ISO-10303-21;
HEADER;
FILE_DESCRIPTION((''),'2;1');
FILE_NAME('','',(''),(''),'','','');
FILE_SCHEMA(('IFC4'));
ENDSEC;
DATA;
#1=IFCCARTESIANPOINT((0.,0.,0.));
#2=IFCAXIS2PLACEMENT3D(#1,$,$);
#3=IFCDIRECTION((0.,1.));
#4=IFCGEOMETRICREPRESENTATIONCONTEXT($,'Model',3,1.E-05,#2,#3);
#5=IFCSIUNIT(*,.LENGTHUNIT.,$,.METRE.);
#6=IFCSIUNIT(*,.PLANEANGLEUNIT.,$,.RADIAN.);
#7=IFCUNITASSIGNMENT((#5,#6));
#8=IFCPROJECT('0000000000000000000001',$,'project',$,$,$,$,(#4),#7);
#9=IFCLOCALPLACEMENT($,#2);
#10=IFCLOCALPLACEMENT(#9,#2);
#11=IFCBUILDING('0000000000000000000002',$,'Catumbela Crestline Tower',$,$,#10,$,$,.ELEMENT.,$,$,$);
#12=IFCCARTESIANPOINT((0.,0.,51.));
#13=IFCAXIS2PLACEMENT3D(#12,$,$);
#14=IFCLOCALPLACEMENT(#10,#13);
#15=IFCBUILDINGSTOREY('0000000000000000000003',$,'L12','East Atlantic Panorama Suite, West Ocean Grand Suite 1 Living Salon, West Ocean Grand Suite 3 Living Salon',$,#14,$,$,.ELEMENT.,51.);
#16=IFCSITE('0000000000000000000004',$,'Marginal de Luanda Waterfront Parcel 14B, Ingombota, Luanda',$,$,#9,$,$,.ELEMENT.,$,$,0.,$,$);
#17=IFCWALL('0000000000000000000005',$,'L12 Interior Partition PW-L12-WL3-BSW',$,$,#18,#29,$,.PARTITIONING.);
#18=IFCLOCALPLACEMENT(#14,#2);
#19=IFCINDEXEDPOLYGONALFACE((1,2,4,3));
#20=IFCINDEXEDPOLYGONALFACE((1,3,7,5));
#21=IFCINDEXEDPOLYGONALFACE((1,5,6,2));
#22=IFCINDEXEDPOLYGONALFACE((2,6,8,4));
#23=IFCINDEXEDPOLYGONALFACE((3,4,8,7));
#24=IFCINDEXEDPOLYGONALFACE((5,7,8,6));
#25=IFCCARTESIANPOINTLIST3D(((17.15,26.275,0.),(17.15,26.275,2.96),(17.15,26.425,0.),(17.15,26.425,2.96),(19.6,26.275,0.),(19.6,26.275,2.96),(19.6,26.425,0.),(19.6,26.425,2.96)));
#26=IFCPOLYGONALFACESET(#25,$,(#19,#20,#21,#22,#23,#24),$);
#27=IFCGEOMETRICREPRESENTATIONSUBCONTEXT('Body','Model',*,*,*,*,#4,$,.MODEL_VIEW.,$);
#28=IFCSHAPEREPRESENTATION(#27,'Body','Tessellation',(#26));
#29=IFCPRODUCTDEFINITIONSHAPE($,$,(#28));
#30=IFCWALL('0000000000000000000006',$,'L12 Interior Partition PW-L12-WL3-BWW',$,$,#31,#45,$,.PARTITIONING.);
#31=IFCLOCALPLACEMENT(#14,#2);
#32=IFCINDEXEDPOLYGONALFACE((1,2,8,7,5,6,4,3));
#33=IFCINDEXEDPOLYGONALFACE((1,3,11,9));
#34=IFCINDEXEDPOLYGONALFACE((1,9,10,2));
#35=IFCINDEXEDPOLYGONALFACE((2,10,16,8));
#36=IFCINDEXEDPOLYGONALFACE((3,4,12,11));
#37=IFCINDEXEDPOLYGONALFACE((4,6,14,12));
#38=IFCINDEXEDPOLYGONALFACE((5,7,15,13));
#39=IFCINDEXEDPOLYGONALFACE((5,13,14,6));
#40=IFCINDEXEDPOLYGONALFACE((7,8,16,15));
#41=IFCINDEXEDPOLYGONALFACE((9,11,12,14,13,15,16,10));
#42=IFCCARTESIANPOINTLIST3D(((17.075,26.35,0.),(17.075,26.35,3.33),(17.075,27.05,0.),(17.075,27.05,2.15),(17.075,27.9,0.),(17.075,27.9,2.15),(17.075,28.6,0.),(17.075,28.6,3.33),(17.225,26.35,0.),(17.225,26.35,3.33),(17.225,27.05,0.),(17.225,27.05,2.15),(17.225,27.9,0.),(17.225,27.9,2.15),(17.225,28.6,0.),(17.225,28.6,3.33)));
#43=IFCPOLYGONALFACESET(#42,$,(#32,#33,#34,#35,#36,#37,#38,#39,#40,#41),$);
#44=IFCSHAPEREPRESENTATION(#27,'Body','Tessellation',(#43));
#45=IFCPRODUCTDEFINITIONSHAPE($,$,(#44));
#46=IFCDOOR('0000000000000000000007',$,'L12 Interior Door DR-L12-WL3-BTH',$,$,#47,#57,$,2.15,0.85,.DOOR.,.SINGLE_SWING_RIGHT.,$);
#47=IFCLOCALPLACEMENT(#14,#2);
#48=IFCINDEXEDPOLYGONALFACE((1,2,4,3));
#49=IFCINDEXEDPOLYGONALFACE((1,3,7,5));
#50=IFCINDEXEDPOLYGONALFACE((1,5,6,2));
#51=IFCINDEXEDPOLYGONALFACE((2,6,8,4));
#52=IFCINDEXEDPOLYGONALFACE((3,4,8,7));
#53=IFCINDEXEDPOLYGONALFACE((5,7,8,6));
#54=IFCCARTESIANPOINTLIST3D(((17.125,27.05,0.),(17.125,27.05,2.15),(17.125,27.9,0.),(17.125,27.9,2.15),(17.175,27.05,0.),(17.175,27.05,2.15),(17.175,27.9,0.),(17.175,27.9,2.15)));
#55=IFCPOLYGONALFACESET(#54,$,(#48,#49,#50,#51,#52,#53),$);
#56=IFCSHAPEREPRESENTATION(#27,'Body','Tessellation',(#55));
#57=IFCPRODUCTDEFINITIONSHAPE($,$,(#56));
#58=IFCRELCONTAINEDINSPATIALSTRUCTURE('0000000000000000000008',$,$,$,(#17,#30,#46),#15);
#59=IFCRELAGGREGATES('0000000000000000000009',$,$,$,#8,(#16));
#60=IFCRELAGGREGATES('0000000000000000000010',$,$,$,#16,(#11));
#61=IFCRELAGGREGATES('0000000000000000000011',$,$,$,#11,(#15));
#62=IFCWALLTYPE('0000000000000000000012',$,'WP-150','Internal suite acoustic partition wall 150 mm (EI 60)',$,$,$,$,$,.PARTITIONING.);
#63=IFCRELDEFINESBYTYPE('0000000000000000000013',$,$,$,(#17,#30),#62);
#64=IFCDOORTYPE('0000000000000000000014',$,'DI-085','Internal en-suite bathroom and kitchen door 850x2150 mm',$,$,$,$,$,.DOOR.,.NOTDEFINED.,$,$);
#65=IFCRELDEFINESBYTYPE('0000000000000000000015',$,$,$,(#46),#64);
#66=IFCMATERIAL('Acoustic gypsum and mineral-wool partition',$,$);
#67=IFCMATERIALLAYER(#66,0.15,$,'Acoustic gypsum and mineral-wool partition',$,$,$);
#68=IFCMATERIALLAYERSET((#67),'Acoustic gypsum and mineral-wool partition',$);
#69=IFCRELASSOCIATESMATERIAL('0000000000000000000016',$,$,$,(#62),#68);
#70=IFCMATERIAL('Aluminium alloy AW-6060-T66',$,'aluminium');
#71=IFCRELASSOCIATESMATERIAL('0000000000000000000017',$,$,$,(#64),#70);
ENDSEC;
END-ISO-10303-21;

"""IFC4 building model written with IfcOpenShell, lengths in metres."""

from ifc_helpers import new_model, si_unit, direction, frame, frame_2d, origin, place, context, subcontext, project, spatial, rectangle, extrude, material, layer, layer_set, type_object, element, fill, save


model = new_model("IFC4")

# Units and contexts
model_context = context("Model", 3, precision=1e-05, world=origin(), true_north=direction((0.0, 1.0)))
body_context = subcontext(model_context, "Body", "Model", "MODEL_VIEW")
ifc_project = project(units=[si_unit("LENGTHUNIT", "METRE"), si_unit("PLANEANGLEUNIT", "RADIAN")], contexts=[model_context])

# Site, building, storey
site_placement = place(None, origin())
site = spatial("IfcSite", under=ifc_project, at=site_placement, Name="Marginal de Luanda Waterfront Parcel 14B, Ingombota, Luanda", CompositionType="ELEMENT", RefElevation=0.0)
building_placement = place(site_placement, origin())
building = spatial("IfcBuilding", under=site, at=building_placement, Name="Catumbela Crestline Tower", CompositionType="ELEMENT")
storey_placement = place(building_placement, frame((0.0, 0.0, 51.0)))
storey = spatial("IfcBuildingStorey", under=building, at=storey_placement, Name="L12", Description="East Atlantic Panorama Suite, West Ocean Grand Suite 1 Living Salon, West Ocean Grand Suite 3 Living Salon", CompositionType="ELEMENT", Elevation=51.0)

# Shared definitions
ifc_material_1 = material(Name="Acoustic gypsum and mineral-wool partition")
ifc_material_2 = material(Name="Aluminium alloy AW-6060-T66", Category="aluminium")

# Shared definitions
ifc_layer_1 = layer(ifc_material_1, 0.15, Name="Acoustic gypsum and mineral-wool partition")
ifc_layer_set_1 = layer_set([ifc_layer_1], Name="Acoustic gypsum and mineral-wool partition")
wall_type_1 = type_object("IfcWallType", Name="WP-150", Description="Internal suite acoustic partition wall 150 mm (EI 60)", PredefinedType="PARTITIONING", material=ifc_layer_set_1)
door_type_1 = type_object("IfcDoorType", Name="DI-085", Description="Internal en-suite bathroom and kitchen door 850x2150 mm", OperationType="NOTDEFINED", PredefinedType="DOOR", material=ifc_material_2)

# Wall
wall_1_placement = place(storey_placement, frame((17.15, 26.35, 0.0), z_axis=(0.0, 0.0, 1.0), x_axis=(1.0, 0.0, 0.0)))
element("IfcWall", 1, at=wall_1_placement, inside=storey, type_object=wall_type_1, Name="L12 Interior Partition PW-L12-WL3-BSW", PredefinedType="PARTITIONING", context=body_context, shape_type="SweptSolid", body=[
    extrude(rectangle(XDim=2.45, YDim=0.15, at=frame_2d((1.225, 0.0))), origin(), (0.0, 0.0, 1.0), 2.96),
])

# Wall, opening, door
wall_2_placement = place(storey_placement, frame((17.15, 26.35, 0.0), z_axis=(0.0, 0.0, 1.0), x_axis=(0.0, 1.0, 0.0)))
wall_2 = element("IfcWall", 2, at=wall_2_placement, inside=storey, type_object=wall_type_1, Name="L12 Interior Partition PW-L12-WL3-BWW", PredefinedType="PARTITIONING", context=body_context, shape_type="SweptSolid", body=[
    extrude(rectangle(XDim=2.25, YDim=0.15, at=frame_2d((1.125, 0.0))), origin(), (0.0, 0.0, 1.0), 3.33),
])
opening_1_placement = place(wall_2_placement, frame((0.7, 0.0, 0.0)))
opening_1 = element("IfcOpeningElement", 3, at=opening_1_placement, cuts=wall_2, PredefinedType="OPENING", context=body_context, shape_type="SweptSolid", body=[
    extrude(rectangle(XDim=0.85, YDim=2.15, at=frame_2d((0.425, 1.075))), frame((0.0, 0.085, 0.0), z_axis=(0.0, -1.0, 0.0), x_axis=(1.0, 0.0, 0.0)), (0.0, 0.0, 1.0), 0.17),
])
door_1_placement = place(opening_1_placement, origin())
door_1 = element("IfcDoor", 4, at=door_1_placement, inside=storey, type_object=door_type_1, Name="L12 Interior Door DR-L12-WL3-BTH", OperationType="SINGLE_SWING_RIGHT", OverallHeight=2.15, OverallWidth=0.85, PredefinedType="DOOR", context=body_context, shape_type="SweptSolid", body=[
    extrude(rectangle(XDim=0.85, YDim=2.15, at=frame_2d((0.425, 1.075))), frame((0.0, 0.025, 0.0), z_axis=(0.0, -1.0, 0.0), x_axis=(1.0, 0.0, 0.0)), (0.0, 0.0, 1.0), 0.05),
])
fill(opening_1, door_1)

save(model, "model.ifc")
